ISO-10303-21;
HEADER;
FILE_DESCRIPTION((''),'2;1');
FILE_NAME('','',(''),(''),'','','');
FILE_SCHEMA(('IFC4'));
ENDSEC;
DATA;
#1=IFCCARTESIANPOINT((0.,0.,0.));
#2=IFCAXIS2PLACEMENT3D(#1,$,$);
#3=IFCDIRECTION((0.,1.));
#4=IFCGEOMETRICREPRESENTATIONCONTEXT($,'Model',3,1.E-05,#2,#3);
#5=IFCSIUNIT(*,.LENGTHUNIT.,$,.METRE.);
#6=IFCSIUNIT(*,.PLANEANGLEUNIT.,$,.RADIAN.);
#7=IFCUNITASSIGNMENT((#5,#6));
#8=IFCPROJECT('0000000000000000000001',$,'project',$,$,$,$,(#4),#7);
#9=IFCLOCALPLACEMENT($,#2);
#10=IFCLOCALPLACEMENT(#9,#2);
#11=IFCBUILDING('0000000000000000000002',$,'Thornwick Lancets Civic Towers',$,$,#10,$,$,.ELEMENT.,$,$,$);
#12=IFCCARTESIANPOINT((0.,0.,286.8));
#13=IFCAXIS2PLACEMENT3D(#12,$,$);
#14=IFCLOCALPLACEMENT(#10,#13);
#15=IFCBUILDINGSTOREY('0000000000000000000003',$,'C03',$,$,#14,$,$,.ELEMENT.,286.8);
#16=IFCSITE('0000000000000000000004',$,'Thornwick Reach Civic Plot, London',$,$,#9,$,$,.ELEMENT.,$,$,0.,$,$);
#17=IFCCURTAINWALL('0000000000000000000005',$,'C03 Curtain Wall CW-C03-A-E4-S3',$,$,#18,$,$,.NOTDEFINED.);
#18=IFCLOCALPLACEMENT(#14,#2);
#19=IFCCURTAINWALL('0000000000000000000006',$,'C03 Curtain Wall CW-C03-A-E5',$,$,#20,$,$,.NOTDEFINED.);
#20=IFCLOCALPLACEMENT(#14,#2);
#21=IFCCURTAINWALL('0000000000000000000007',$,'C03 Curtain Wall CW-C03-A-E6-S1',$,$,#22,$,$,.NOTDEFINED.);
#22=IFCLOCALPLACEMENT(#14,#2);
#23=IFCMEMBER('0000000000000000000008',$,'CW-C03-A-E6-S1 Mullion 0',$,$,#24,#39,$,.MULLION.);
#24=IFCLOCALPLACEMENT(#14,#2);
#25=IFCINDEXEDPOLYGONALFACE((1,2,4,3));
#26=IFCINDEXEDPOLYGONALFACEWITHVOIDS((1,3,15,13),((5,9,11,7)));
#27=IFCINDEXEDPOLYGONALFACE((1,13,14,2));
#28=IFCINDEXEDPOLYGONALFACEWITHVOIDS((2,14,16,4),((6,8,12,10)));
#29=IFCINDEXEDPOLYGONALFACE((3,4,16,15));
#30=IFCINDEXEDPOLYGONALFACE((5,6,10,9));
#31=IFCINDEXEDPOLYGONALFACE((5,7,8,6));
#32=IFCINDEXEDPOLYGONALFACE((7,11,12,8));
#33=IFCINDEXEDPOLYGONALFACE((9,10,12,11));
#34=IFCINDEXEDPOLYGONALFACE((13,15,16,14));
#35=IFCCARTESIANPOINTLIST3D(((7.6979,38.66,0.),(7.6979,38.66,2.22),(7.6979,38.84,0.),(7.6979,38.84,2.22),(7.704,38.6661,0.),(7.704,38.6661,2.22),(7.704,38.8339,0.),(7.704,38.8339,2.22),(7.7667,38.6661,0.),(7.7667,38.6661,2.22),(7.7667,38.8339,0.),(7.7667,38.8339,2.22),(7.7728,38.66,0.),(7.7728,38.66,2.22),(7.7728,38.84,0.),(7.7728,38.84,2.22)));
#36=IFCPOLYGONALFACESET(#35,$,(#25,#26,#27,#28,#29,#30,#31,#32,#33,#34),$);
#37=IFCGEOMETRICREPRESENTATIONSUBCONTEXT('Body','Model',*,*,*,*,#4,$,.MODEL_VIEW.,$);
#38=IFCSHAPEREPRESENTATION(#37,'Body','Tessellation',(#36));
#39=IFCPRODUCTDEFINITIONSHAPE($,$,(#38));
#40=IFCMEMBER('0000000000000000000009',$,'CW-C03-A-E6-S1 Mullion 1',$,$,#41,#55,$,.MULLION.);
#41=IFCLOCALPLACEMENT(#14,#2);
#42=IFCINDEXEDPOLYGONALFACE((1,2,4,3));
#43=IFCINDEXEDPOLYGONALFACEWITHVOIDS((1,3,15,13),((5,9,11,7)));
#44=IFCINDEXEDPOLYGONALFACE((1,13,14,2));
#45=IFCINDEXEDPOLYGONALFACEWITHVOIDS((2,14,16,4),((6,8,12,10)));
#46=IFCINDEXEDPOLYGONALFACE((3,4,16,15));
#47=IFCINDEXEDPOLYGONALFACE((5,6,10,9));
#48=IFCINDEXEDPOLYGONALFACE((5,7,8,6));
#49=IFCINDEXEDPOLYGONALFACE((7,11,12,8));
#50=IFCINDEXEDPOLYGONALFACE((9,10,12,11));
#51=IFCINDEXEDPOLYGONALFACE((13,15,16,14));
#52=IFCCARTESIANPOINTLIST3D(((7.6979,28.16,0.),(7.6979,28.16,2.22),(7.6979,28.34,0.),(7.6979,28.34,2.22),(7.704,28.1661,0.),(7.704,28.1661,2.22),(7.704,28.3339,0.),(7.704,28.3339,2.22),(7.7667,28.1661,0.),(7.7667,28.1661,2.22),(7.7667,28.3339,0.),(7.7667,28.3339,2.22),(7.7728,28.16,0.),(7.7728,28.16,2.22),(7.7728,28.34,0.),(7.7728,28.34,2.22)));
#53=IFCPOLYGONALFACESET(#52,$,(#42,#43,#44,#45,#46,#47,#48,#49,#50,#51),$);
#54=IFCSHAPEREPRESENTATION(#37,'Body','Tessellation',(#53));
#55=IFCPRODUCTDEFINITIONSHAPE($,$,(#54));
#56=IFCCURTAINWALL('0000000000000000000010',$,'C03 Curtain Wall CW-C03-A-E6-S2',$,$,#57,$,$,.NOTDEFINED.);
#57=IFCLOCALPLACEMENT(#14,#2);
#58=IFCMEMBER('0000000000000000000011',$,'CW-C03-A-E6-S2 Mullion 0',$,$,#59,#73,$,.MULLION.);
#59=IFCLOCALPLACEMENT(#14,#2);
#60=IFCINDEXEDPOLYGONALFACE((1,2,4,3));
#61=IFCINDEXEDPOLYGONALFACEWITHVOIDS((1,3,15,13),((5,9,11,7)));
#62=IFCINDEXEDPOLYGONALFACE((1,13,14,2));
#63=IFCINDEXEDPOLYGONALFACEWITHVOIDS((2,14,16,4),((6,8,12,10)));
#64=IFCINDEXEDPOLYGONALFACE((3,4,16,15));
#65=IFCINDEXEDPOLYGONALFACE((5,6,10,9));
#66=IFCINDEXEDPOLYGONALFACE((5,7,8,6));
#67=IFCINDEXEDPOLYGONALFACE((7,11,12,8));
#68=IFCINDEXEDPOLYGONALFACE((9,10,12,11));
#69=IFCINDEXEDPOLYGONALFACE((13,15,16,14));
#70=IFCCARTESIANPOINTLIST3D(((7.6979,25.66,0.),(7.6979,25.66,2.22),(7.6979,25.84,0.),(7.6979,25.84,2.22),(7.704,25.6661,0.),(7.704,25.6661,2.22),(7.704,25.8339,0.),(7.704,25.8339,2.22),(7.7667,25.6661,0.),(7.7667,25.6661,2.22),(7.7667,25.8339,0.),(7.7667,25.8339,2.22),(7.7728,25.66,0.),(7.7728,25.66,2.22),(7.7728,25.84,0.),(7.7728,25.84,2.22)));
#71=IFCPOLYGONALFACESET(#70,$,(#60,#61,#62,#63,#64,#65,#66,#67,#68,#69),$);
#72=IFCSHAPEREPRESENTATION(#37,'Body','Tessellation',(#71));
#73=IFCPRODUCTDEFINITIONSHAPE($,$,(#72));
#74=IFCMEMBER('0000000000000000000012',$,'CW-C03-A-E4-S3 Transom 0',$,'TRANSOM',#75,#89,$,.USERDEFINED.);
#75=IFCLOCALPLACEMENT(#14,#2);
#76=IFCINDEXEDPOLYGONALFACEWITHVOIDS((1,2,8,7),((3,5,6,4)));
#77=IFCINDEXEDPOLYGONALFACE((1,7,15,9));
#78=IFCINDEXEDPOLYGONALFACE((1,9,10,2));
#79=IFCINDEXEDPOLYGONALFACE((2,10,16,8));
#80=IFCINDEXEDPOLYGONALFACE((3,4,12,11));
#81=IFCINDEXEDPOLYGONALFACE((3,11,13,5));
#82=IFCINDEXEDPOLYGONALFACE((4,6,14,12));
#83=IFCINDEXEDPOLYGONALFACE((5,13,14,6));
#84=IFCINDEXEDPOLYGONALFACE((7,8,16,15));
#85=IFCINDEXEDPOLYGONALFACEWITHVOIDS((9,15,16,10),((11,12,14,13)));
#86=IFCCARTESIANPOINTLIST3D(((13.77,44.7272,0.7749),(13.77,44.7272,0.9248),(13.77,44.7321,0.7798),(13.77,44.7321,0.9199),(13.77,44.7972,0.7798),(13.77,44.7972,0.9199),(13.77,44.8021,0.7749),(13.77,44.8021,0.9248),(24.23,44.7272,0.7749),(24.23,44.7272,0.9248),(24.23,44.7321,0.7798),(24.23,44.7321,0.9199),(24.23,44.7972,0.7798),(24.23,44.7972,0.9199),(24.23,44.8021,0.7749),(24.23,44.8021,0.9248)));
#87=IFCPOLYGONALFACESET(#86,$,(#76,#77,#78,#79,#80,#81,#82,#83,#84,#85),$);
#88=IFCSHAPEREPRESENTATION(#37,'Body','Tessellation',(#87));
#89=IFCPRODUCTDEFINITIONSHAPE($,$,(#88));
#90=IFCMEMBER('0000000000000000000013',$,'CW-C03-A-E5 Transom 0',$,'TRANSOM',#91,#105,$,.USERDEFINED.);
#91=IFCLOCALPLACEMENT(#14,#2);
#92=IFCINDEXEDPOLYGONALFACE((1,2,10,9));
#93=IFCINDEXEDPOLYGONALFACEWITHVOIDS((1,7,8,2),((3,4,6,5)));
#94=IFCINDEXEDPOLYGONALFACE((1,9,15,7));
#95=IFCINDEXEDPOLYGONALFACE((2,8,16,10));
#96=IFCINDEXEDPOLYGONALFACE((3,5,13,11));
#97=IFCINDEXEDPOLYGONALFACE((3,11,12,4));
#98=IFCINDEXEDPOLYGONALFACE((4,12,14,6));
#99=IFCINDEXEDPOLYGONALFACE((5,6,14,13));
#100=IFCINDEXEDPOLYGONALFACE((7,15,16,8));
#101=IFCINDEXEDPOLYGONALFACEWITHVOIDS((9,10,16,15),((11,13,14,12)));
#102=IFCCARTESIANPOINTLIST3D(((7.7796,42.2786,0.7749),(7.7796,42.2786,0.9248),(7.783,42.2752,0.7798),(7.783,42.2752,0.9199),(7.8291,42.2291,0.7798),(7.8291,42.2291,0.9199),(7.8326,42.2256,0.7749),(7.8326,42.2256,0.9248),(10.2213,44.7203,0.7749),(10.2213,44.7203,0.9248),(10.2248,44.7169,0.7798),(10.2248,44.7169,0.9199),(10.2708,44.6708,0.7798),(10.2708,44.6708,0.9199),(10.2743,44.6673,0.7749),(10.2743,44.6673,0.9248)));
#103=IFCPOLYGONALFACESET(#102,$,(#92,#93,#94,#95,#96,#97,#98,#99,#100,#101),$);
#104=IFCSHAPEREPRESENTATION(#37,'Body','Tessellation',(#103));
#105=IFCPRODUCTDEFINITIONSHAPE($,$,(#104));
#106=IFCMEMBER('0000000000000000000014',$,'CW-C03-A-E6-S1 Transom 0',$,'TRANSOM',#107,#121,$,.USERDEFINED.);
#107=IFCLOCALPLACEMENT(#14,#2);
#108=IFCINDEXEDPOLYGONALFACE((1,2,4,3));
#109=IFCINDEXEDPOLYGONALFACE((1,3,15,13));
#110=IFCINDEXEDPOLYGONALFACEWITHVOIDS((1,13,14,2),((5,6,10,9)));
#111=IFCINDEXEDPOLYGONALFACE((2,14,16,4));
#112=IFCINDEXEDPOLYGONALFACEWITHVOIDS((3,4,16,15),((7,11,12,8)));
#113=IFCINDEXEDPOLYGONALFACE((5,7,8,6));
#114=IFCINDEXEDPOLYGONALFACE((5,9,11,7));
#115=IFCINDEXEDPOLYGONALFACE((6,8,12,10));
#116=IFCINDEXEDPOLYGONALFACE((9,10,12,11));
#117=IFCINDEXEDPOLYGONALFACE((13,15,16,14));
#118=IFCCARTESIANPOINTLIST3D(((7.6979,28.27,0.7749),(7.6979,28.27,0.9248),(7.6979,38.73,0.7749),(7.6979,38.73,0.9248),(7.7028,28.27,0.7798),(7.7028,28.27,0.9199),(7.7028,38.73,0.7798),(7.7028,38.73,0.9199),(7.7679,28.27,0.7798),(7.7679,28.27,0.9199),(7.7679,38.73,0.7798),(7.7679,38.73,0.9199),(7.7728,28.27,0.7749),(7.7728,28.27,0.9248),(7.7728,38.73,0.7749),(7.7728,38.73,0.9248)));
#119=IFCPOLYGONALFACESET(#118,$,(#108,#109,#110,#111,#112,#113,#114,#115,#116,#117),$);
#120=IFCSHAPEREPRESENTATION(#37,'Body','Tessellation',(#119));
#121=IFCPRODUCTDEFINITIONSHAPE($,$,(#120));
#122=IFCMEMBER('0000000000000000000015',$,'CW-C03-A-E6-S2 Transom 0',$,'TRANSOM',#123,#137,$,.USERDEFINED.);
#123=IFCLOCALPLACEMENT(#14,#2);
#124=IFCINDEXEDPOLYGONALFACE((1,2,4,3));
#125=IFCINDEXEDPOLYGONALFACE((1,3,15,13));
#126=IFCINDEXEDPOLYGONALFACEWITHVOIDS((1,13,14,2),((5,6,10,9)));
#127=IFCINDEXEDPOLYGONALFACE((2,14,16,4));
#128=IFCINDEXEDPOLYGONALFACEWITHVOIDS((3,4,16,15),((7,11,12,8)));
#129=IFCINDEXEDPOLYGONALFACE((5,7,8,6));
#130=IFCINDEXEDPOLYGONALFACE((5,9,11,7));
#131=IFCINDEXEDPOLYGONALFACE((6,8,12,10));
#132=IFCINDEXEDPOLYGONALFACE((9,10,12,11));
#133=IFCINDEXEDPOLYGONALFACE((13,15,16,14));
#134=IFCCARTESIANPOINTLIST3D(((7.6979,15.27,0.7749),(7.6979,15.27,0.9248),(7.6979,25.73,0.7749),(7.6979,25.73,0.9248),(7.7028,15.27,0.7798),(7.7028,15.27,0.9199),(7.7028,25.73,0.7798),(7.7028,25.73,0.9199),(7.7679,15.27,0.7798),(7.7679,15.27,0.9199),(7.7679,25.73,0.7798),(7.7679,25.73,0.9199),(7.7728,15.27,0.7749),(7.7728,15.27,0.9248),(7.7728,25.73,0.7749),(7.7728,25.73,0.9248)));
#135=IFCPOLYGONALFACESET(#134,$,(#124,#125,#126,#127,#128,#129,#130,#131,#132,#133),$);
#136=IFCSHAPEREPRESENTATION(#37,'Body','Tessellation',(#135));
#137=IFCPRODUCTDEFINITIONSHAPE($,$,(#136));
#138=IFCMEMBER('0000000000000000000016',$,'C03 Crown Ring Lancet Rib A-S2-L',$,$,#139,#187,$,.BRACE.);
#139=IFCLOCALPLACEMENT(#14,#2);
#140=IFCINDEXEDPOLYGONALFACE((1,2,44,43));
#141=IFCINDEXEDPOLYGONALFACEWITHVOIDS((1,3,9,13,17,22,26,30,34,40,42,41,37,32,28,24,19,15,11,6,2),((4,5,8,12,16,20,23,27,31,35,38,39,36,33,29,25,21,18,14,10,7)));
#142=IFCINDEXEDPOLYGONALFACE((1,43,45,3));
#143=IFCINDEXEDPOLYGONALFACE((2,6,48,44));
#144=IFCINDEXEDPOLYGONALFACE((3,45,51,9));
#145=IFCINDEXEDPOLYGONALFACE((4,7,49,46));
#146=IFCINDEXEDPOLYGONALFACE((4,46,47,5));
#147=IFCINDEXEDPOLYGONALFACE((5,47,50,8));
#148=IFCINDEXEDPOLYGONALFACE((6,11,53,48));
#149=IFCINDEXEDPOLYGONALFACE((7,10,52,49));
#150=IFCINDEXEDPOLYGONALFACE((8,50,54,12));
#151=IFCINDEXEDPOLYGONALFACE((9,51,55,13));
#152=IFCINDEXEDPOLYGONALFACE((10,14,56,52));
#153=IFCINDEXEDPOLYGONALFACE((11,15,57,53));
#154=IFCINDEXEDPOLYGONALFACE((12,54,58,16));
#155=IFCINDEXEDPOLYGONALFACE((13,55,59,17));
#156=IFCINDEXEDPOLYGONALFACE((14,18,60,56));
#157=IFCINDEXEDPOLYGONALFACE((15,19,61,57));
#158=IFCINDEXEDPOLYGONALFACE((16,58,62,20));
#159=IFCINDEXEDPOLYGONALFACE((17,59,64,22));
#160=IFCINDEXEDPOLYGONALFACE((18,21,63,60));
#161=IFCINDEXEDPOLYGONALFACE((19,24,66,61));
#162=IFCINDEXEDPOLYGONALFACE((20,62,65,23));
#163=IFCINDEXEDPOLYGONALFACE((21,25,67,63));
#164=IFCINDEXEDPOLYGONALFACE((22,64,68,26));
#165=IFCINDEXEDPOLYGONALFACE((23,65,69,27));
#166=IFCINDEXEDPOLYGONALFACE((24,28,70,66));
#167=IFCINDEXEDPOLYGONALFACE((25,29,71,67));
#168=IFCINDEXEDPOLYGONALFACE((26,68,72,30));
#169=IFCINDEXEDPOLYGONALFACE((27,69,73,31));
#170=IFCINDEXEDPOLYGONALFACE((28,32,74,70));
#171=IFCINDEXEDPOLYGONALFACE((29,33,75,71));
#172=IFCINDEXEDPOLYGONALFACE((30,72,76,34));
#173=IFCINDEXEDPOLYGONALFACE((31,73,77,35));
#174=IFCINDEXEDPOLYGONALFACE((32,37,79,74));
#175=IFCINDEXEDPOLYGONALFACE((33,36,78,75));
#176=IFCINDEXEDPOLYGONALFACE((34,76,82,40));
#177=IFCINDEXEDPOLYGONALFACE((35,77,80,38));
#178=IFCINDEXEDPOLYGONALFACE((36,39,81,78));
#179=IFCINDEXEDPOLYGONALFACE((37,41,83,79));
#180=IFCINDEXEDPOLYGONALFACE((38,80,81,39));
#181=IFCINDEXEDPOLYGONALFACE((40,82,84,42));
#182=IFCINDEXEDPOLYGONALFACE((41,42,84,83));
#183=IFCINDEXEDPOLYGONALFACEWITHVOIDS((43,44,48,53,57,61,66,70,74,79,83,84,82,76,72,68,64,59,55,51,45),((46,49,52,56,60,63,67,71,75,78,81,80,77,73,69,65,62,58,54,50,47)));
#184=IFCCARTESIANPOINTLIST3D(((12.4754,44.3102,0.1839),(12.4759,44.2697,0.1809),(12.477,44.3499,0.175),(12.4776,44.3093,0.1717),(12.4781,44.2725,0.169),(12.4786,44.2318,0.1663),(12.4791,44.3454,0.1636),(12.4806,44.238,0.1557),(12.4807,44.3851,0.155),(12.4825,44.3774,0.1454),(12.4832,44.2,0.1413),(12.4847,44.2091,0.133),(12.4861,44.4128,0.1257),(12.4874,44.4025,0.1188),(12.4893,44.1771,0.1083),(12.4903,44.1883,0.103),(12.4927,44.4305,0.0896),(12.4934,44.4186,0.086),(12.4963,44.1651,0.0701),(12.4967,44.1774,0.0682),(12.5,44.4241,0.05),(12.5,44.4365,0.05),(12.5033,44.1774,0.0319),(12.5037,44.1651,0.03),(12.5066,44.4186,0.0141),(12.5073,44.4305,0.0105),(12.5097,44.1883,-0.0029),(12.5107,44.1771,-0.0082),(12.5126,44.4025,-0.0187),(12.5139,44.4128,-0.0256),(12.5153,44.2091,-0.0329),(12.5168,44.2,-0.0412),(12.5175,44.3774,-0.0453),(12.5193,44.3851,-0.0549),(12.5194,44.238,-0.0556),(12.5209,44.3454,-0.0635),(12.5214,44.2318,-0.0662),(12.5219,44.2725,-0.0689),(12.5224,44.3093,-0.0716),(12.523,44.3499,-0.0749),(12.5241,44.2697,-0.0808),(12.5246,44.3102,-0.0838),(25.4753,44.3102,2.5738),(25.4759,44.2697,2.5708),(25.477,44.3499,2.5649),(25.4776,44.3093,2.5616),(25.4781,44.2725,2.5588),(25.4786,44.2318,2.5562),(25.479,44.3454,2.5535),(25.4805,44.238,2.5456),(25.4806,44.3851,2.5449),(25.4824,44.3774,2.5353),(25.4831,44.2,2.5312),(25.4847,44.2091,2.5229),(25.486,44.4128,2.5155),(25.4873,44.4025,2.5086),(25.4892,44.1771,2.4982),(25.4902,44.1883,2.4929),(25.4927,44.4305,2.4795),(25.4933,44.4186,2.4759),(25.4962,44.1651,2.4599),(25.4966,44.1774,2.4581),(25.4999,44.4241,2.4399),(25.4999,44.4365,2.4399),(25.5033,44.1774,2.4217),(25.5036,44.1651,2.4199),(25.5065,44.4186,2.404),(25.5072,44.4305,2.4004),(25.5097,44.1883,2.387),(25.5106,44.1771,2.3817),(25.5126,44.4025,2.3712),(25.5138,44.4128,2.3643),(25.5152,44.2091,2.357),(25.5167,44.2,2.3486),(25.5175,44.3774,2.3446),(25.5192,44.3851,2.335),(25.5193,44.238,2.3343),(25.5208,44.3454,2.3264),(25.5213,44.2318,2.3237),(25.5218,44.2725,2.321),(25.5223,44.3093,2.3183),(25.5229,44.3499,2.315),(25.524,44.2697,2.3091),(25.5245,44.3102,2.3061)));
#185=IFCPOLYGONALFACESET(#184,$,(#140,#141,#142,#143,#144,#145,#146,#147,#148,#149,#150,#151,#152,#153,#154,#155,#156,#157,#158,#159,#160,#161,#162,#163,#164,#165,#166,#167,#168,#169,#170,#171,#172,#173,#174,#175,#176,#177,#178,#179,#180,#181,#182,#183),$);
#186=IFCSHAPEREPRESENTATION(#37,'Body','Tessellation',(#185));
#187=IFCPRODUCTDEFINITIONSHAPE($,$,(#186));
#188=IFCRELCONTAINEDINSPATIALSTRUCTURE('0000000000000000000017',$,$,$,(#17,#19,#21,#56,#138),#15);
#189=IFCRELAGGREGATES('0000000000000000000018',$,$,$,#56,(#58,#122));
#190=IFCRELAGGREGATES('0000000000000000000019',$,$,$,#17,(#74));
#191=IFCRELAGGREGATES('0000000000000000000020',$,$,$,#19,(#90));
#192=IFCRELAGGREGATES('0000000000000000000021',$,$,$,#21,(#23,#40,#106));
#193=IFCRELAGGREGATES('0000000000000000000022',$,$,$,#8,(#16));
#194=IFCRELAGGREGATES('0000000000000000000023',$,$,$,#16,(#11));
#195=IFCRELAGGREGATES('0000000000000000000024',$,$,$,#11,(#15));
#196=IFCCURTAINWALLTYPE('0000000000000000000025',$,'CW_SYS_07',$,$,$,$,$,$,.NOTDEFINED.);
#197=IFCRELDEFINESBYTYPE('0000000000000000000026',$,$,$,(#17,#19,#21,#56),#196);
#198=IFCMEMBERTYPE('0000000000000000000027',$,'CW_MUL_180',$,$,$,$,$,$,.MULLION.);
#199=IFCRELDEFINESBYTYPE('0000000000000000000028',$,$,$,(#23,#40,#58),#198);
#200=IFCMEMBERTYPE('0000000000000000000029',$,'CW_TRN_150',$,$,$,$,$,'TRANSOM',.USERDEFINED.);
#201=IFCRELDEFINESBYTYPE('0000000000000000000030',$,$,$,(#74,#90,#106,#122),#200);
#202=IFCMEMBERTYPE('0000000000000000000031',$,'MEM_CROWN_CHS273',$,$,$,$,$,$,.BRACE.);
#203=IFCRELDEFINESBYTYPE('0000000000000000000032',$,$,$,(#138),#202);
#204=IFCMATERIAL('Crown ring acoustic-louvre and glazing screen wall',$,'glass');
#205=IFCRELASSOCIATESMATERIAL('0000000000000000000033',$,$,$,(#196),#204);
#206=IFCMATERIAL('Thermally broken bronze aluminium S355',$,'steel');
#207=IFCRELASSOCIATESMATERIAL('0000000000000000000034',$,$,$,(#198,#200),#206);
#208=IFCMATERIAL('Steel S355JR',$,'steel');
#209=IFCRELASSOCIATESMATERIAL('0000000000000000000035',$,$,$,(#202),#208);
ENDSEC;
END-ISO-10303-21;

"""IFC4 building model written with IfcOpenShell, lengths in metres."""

from ifc_helpers import new_model, si_unit, direction, frame, origin, origin_2d, place, context, subcontext, project, spatial, hollow_rectangle, hollow_circle, extrude, material, material_profile, profile_set, type_object, element, aggregate, save


model = new_model("IFC4")

# Units and contexts
model_context = context("Model", 3, precision=1e-05, world=origin(), true_north=direction((0.0, 1.0)))
body_context = subcontext(model_context, "Body", "Model", "MODEL_VIEW")
ifc_project = project(units=[si_unit("LENGTHUNIT", "METRE"), si_unit("PLANEANGLEUNIT", "RADIAN")], contexts=[model_context])

# Site, building, storey
site_placement = place(None, origin())
site = spatial("IfcSite", under=ifc_project, at=site_placement, Name="Thornwick Reach Civic Plot, London", CompositionType="ELEMENT", RefElevation=0.0)
building_placement = place(site_placement, origin())
building = spatial("IfcBuilding", under=site, at=building_placement, Name="Thornwick Lancets Civic Towers", CompositionType="ELEMENT")
storey_placement = place(building_placement, frame((0.0, 0.0, 286.8)))
storey = spatial("IfcBuildingStorey", under=building, at=storey_placement, Name="C03", CompositionType="ELEMENT", Elevation=286.8)

# Shared definitions
ifc_material_1 = material(Name="Steel S355JR", Category="steel")

# Curtain walls, members
ifc_material_2 = material(Name="Crown ring acoustic-louvre and glazing screen wall", Category="glass")
curtain_wall_type = type_object("IfcCurtainWallType", Name="CW_SYS_07", PredefinedType="NOTDEFINED", material=ifc_material_2)
curtain_wall_1_placement = place(storey_placement, origin())
curtain_wall_1 = element("IfcCurtainWall", 1, at=curtain_wall_1_placement, inside=storey, type_object=curtain_wall_type, Name="C03 Curtain Wall CW-C03-A-E4-S3", PredefinedType="NOTDEFINED")
ifc_material_3 = material(Name="Thermally broken bronze aluminium S355", Category="steel")
ifc_material_profile_1 = material_profile(ifc_material_3, hollow_rectangle(XDim=0.075, YDim=0.1799, WallThickness=0.0061, at=origin_2d()), Name="RHS 180x75x6")
ifc_profile_set_1 = profile_set([ifc_material_profile_1], Name="Thermally broken bronze aluminium S355")
member_type_1 = type_object("IfcMemberType", Name="CW_MUL_180", PredefinedType="MULLION", material=ifc_profile_set_1)
curtain_wall_2_placement = place(storey_placement, origin())
curtain_wall_2 = element("IfcCurtainWall", 2, at=curtain_wall_2_placement, inside=storey, type_object=curtain_wall_type, Name="C03 Curtain Wall CW-C03-A-E5", PredefinedType="NOTDEFINED")
curtain_wall_3_placement = place(storey_placement, origin())
curtain_wall_3 = element("IfcCurtainWall", 3, at=curtain_wall_3_placement, inside=storey, type_object=curtain_wall_type, Name="C03 Curtain Wall CW-C03-A-E6-S1", PredefinedType="NOTDEFINED")
member_1_placement = place(storey_placement, frame((7.7354, 38.75, 0.0), z_axis=(0.0, 0.0, 1.0), x_axis=(1.0, 0.0, 0.0)))
member_1 = element("IfcMember", 4, at=member_1_placement, type_object=member_type_1, Name="CW-C03-A-E6-S1 Mullion 0", PredefinedType="MULLION", context=body_context, shape_type="SweptSolid", body=[
    extrude(hollow_rectangle(XDim=0.075, YDim=0.1799, WallThickness=0.0061, at=origin_2d()), origin(), (0.0, 0.0, 1.0), 2.22),
])
member_2_placement = place(storey_placement, frame((7.7354, 28.25, 0.0), z_axis=(0.0, 0.0, 1.0), x_axis=(1.0, 0.0, 0.0)))
member_2 = element("IfcMember", 5, at=member_2_placement, type_object=member_type_1, Name="CW-C03-A-E6-S1 Mullion 1", PredefinedType="MULLION", context=body_context, shape_type="SweptSolid", body=[
    extrude(hollow_rectangle(XDim=0.075, YDim=0.1799, WallThickness=0.0061, at=origin_2d()), origin(), (0.0, 0.0, 1.0), 2.22),
])

# Curtain wall, member
curtain_wall_4_placement = place(storey_placement, origin())
curtain_wall_4 = element("IfcCurtainWall", 6, at=curtain_wall_4_placement, inside=storey, type_object=curtain_wall_type, Name="C03 Curtain Wall CW-C03-A-E6-S2", PredefinedType="NOTDEFINED")
member_3_placement = place(storey_placement, frame((7.7354, 25.75, 0.0), z_axis=(0.0, 0.0, 1.0), x_axis=(1.0, 0.0, 0.0)))
member_3 = element("IfcMember", 7, at=member_3_placement, type_object=member_type_1, Name="CW-C03-A-E6-S2 Mullion 0", PredefinedType="MULLION", context=body_context, shape_type="SweptSolid", body=[
    extrude(hollow_rectangle(XDim=0.075, YDim=0.1799, WallThickness=0.0061, at=origin_2d()), origin(), (0.0, 0.0, 1.0), 2.22),
])

# Members
ifc_material_profile_2 = material_profile(ifc_material_3, hollow_rectangle(XDim=0.075, YDim=0.1499, WallThickness=0.0049, at=origin_2d()), Name="RHS 150x75x5")
ifc_profile_set_2 = profile_set([ifc_material_profile_2], Name="Thermally broken bronze aluminium S355")
member_type_2 = type_object("IfcMemberType", Name="CW_TRN_150", ElementType="TRANSOM", PredefinedType="USERDEFINED", material=ifc_profile_set_2)
member_4_placement = place(storey_placement, frame((24.23, 44.7646, 0.8499), z_axis=(-1.0, 0.0, 0.0), x_axis=(0.0, -1.0, 0.0)))
member_4 = element("IfcMember", 8, at=member_4_placement, type_object=member_type_2, Name="CW-C03-A-E4-S3 Transom 0", ObjectType="TRANSOM", PredefinedType="USERDEFINED", context=body_context, shape_type="SweptSolid", body=[
    extrude(hollow_rectangle(XDim=0.075, YDim=0.1499, WallThickness=0.0049, at=origin_2d()), origin(), (0.0, 0.0, 1.0), 10.46),
])
member_5_placement = place(storey_placement, frame((10.2478, 44.6938, 0.8499), z_axis=(-0.707107, -0.707107, 0.0), x_axis=(0.707107, -0.707107, 0.0)))
member_5 = element("IfcMember", 9, at=member_5_placement, type_object=member_type_2, Name="CW-C03-A-E5 Transom 0", ObjectType="TRANSOM", PredefinedType="USERDEFINED", context=body_context, shape_type="SweptSolid", body=[
    extrude(hollow_rectangle(XDim=0.075, YDim=0.1499, WallThickness=0.0049, at=origin_2d()), origin(), (0.0, 0.0, 1.0), 3.4531),
])
member_6_placement = place(storey_placement, frame((7.7354, 38.73, 0.8499), z_axis=(0.0, -1.0, 0.0), x_axis=(1.0, 0.0, 0.0)))
member_6 = element("IfcMember", 10, at=member_6_placement, type_object=member_type_2, Name="CW-C03-A-E6-S1 Transom 0", ObjectType="TRANSOM", PredefinedType="USERDEFINED", context=body_context, shape_type="SweptSolid", body=[
    extrude(hollow_rectangle(XDim=0.075, YDim=0.1499, WallThickness=0.0049, at=origin_2d()), origin(), (0.0, 0.0, 1.0), 10.46),
])
member_7_placement = place(storey_placement, frame((7.7354, 25.73, 0.8499), z_axis=(0.0, -1.0, 0.0), x_axis=(1.0, 0.0, 0.0)))
member_7 = element("IfcMember", 11, at=member_7_placement, type_object=member_type_2, Name="CW-C03-A-E6-S2 Transom 0", ObjectType="TRANSOM", PredefinedType="USERDEFINED", context=body_context, shape_type="SweptSolid", body=[
    extrude(hollow_rectangle(XDim=0.075, YDim=0.1499, WallThickness=0.0049, at=origin_2d()), origin(), (0.0, 0.0, 1.0), 10.46),
])
aggregate(curtain_wall_4, [member_3, member_7])

# Member
ifc_material_profile_3 = material_profile(ifc_material_1, hollow_circle(Radius=0.1365, WallThickness=0.0125, at=origin_2d()), Name="CHS 273x12.5")
ifc_profile_set_3 = profile_set([ifc_material_profile_3], Name="Steel S355JR")
member_type_3 = type_object("IfcMemberType", Name="MEM_CROWN_CHS273", PredefinedType="BRACE", material=ifc_profile_set_3)
for number, where, z_axis, x_axis, name in (
    (12, (12.5, 44.3, 0.05), (0.983518, 0.0, 0.180808), (0.0, 1.0, 0.0), "C03 Crown Ring Lancet Rib A-S2-L"),
):
    element("IfcMember", number, at=place(storey_placement, frame(where, z_axis=z_axis, x_axis=x_axis)), inside=storey, type_object=member_type_3, Name=name, PredefinedType="BRACE", context=body_context, shape_type="SweptSolid", body=[
        extrude(hollow_circle(Radius=0.1365, WallThickness=0.0125, at=origin_2d()), origin(), (0.0, 0.0, 1.0), 13.2178),
    ])

aggregate(curtain_wall_1, [member_4])
aggregate(curtain_wall_2, [member_5])
aggregate(curtain_wall_3, [member_1, member_2, member_6])

save(model, "model.ifc")
